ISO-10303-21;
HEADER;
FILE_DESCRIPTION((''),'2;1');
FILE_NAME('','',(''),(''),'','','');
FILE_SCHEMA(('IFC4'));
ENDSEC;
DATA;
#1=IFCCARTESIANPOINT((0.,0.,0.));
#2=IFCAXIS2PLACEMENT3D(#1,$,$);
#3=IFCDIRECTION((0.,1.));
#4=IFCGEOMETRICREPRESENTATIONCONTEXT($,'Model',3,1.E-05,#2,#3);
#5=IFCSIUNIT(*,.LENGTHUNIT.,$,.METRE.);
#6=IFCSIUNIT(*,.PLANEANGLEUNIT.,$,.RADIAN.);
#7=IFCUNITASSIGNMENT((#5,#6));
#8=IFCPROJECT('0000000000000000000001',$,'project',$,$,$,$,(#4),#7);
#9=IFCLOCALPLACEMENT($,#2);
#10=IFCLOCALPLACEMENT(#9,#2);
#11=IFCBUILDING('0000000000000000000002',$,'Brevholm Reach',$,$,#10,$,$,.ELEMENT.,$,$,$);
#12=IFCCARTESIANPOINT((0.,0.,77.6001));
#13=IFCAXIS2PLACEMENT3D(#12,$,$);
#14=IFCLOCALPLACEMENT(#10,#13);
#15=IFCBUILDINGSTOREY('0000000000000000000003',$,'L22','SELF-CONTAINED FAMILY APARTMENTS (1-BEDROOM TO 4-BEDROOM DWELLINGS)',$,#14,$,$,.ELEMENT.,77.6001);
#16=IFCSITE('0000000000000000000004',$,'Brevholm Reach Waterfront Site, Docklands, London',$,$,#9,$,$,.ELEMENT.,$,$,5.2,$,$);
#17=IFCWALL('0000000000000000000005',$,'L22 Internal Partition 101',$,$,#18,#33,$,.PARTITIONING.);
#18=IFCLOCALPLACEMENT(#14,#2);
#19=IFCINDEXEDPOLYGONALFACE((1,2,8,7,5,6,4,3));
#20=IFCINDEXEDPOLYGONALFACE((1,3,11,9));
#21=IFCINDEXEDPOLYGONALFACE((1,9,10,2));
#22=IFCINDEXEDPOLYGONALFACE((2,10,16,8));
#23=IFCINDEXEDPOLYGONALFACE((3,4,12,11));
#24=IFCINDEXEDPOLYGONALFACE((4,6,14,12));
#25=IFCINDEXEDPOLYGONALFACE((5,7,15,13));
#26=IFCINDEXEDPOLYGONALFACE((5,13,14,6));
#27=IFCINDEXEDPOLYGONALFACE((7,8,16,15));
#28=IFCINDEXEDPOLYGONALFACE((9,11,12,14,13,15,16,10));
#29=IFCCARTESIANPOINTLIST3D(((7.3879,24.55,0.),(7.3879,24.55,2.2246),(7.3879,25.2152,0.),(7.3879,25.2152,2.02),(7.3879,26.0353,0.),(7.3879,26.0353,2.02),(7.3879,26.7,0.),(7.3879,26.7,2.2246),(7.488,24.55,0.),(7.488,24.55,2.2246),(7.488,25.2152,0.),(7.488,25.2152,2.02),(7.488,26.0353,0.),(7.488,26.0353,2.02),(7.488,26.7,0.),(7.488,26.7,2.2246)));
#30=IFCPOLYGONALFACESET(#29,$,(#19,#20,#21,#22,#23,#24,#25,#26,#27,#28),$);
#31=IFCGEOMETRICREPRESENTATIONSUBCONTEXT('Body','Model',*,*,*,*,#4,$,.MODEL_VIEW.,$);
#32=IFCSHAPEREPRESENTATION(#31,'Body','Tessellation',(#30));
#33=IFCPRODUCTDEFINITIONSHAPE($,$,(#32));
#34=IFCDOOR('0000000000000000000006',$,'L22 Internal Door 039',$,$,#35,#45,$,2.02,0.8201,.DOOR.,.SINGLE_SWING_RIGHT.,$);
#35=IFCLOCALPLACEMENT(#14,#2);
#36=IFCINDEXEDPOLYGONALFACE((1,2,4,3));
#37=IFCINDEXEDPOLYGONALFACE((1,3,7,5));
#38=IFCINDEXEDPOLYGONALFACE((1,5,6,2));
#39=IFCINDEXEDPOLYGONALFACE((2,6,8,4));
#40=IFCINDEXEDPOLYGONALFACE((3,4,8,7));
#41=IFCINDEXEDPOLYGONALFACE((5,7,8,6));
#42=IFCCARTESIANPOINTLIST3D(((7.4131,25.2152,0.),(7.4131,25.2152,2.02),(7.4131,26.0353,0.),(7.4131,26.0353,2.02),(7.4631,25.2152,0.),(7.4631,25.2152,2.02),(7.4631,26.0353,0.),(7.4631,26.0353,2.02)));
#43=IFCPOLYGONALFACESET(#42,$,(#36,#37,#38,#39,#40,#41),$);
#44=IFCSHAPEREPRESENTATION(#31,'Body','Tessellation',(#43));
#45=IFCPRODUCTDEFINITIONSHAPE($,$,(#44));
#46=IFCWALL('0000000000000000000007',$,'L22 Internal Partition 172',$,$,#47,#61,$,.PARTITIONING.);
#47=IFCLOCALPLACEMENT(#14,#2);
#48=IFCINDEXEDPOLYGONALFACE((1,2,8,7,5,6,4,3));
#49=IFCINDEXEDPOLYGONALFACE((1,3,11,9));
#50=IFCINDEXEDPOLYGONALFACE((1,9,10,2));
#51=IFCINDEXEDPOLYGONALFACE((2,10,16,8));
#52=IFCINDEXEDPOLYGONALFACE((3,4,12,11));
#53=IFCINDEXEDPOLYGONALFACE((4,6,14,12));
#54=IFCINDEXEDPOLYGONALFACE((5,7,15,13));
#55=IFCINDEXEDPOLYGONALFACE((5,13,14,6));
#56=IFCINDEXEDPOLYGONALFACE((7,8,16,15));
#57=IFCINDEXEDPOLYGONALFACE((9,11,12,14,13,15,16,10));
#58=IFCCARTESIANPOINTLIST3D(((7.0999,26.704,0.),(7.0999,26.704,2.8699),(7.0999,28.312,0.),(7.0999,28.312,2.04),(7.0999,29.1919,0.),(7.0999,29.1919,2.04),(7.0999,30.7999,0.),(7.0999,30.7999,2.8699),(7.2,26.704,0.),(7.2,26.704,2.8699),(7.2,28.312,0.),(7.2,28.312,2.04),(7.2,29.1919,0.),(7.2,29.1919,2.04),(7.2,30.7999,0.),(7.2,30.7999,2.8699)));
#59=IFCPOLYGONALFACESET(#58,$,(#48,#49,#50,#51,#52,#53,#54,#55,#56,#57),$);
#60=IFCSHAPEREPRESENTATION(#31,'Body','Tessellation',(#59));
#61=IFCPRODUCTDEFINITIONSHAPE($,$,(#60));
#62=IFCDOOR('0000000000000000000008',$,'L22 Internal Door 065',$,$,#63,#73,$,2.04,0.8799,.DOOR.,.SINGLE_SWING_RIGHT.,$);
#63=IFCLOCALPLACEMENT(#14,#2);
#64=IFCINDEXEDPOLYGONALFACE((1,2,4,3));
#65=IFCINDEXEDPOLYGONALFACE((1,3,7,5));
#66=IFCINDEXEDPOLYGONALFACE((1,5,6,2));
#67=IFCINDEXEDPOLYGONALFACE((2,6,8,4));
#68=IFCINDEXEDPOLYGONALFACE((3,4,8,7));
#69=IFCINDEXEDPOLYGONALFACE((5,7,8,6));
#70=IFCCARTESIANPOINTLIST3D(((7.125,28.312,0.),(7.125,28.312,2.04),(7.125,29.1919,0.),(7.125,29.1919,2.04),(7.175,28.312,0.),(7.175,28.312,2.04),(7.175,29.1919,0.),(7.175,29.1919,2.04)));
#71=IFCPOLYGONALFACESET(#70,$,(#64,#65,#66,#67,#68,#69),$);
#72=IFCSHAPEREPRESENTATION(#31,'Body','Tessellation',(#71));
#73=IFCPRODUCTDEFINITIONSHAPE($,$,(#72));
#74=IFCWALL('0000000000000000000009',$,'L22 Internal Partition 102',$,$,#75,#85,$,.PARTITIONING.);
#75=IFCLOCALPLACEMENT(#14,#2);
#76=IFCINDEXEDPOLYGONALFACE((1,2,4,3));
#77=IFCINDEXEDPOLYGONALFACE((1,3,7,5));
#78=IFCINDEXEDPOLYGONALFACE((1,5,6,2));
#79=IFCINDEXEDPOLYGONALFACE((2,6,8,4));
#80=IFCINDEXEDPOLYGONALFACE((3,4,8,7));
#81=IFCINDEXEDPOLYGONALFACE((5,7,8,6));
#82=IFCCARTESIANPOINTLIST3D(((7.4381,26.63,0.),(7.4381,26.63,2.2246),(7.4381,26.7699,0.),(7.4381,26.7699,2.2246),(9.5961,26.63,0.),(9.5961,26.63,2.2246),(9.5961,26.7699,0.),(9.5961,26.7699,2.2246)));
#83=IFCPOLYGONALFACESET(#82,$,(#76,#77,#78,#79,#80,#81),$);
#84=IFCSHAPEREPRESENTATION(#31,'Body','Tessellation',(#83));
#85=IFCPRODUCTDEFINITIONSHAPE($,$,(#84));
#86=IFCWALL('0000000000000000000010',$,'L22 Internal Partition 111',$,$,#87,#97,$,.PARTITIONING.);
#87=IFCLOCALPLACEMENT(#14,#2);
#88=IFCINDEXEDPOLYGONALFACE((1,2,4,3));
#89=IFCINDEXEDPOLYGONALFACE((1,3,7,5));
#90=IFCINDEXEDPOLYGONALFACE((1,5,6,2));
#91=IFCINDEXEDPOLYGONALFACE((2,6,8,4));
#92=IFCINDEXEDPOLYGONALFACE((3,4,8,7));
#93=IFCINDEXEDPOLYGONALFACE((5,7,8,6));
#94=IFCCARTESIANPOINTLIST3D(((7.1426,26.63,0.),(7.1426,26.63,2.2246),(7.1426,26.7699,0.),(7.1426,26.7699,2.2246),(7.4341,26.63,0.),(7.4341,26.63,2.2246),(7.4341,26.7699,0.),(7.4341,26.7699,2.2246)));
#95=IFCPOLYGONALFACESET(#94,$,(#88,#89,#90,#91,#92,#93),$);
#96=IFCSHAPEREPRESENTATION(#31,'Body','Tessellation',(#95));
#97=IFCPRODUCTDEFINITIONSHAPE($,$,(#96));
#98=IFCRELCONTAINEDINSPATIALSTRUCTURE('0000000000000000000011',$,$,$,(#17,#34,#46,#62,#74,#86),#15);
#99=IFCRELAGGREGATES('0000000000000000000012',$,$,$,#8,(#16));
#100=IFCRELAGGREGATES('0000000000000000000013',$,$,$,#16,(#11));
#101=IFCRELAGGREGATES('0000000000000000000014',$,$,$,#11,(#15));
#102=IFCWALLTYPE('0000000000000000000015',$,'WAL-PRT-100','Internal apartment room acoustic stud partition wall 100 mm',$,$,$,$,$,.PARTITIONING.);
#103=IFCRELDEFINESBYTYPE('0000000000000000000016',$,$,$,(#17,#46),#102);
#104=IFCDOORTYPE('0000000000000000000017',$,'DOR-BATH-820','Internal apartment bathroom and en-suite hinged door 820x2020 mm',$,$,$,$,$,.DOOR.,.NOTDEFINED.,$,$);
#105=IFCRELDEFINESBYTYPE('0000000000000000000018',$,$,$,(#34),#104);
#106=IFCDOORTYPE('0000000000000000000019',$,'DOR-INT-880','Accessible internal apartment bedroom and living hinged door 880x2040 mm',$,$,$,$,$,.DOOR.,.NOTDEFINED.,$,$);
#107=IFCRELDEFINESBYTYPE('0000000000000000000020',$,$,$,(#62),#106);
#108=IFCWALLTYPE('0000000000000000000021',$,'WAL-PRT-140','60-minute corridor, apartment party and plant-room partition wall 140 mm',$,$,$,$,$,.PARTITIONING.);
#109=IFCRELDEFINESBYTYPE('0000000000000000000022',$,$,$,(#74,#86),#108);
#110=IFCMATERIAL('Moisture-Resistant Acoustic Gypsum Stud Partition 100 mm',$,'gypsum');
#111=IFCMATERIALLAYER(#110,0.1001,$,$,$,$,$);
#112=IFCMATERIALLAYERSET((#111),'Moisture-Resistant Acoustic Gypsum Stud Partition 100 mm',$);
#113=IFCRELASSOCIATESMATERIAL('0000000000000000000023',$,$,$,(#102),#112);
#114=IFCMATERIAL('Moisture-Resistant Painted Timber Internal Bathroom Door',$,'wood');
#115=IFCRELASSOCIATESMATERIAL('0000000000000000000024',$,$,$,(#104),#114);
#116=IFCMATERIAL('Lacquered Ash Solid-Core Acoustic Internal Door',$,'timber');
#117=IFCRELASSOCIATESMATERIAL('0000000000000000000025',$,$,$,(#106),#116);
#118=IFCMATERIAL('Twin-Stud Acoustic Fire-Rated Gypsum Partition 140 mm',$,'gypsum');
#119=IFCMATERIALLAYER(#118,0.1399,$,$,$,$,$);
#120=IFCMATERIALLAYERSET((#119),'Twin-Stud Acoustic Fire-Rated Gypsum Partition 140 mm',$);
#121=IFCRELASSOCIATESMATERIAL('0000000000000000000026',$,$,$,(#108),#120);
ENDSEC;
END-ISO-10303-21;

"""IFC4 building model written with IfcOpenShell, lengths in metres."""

from ifc_helpers import new_model, si_unit, direction, frame, frame_2d, origin, place, context, subcontext, project, spatial, rectangle, extrude, material, layer, layer_set, type_object, element, fill, save


model = new_model("IFC4")

# Units and contexts
model_context = context("Model", 3, precision=1e-05, world=origin(), true_north=direction((0.0, 1.0)))
body_context = subcontext(model_context, "Body", "Model", "MODEL_VIEW")
ifc_project = project(units=[si_unit("LENGTHUNIT", "METRE"), si_unit("PLANEANGLEUNIT", "RADIAN")], contexts=[model_context])

# Site, building, storey
site_placement = place(None, origin())
site = spatial("IfcSite", under=ifc_project, at=site_placement, Name="Brevholm Reach Waterfront Site, Docklands, London", CompositionType="ELEMENT", RefElevation=5.2)
building_placement = place(site_placement, origin())
building = spatial("IfcBuilding", under=site, at=building_placement, Name="Brevholm Reach", CompositionType="ELEMENT")
storey_placement = place(building_placement, frame((0.0, 0.0, 77.6001)))
storey = spatial("IfcBuildingStorey", under=building, at=storey_placement, Name="L22", Description="SELF-CONTAINED FAMILY APARTMENTS (1-BEDROOM TO 4-BEDROOM DWELLINGS)", CompositionType="ELEMENT", Elevation=77.6001)

# Shared definitions
ifc_material_1 = material(Name="Moisture-Resistant Acoustic Gypsum Stud Partition 100 mm", Category="gypsum")
ifc_layer_1 = layer(ifc_material_1, 0.1001)
ifc_layer_set_1 = layer_set([ifc_layer_1], Name="Moisture-Resistant Acoustic Gypsum Stud Partition 100 mm")
wall_type_1 = type_object("IfcWallType", Name="WAL-PRT-100", Description="Internal apartment room acoustic stud partition wall 100 mm", PredefinedType="PARTITIONING", material=ifc_layer_set_1)

# Walls, openings, doors
wall_1_placement = place(storey_placement, frame((7.438, 24.55, 0.0), z_axis=(0.0, 0.0, 1.0), x_axis=(0.0, 1.0, 0.0)))
wall_1 = element("IfcWall", 1, at=wall_1_placement, inside=storey, type_object=wall_type_1, Name="L22 Internal Partition 101", PredefinedType="PARTITIONING", context=body_context, shape_type="SweptSolid", body=[
    extrude(rectangle(XDim=2.1499, YDim=0.1001, at=frame_2d((1.075, 0.0))), origin(), (0.0, 0.0, 1.0), 2.2246),
])
opening_1_placement = place(wall_1_placement, frame((0.665, 0.0, 0.0)))
opening_1 = element("IfcOpeningElement", 2, at=opening_1_placement, cuts=wall_1, PredefinedType="OPENING", context=body_context, shape_type="SweptSolid", body=[
    extrude(rectangle(XDim=0.8201, YDim=2.02, at=frame_2d((0.4102, 1.01))), frame((0.0, 0.0601, 0.0), z_axis=(0.0, -1.0, 0.0), x_axis=(1.0, 0.0, 0.0)), (0.0, 0.0, 1.0), 0.1201),
])
ifc_material_2 = material(Name="Moisture-Resistant Painted Timber Internal Bathroom Door", Category="wood")
door_type_1 = type_object("IfcDoorType", Name="DOR-BATH-820", Description="Internal apartment bathroom and en-suite hinged door 820x2020 mm", OperationType="NOTDEFINED", PredefinedType="DOOR", material=ifc_material_2)
door_1_placement = place(opening_1_placement, origin())
door_1 = element("IfcDoor", 3, at=door_1_placement, inside=storey, type_object=door_type_1, Name="L22 Internal Door 039", OperationType="SINGLE_SWING_RIGHT", OverallHeight=2.02, OverallWidth=0.8201, PredefinedType="DOOR", context=body_context, shape_type="SweptSolid", body=[
    extrude(rectangle(XDim=0.8201, YDim=2.02, at=frame_2d((0.4102, 1.01))), frame((0.0, 0.0249, 0.0), z_axis=(0.0, -1.0, 0.0), x_axis=(1.0, 0.0, 0.0)), (0.0, 0.0, 1.0), 0.05),
])
fill(opening_1, door_1)
wall_2_placement = place(storey_placement, frame((7.1499, 26.7041, 0.0), z_axis=(0.0, 0.0, 1.0), x_axis=(0.0, 1.0, 0.0)))
wall_2 = element("IfcWall", 4, at=wall_2_placement, inside=storey, type_object=wall_type_1, Name="L22 Internal Partition 172", PredefinedType="PARTITIONING", context=body_context, shape_type="SweptSolid", body=[
    extrude(rectangle(XDim=4.0959, YDim=0.1001, at=frame_2d((2.0479, 0.0))), origin(), (0.0, 0.0, 1.0), 2.8699),
])
opening_2_placement = place(wall_2_placement, frame((1.6079, 0.0, 0.0)))
opening_2 = element("IfcOpeningElement", 5, at=opening_2_placement, cuts=wall_2, PredefinedType="OPENING", context=body_context, shape_type="SweptSolid", body=[
    extrude(rectangle(XDim=0.8799, YDim=2.04, at=frame_2d((0.4399, 1.02))), frame((0.0, 0.0601, 0.0), z_axis=(0.0, -1.0, 0.0), x_axis=(1.0, 0.0, 0.0)), (0.0, 0.0, 1.0), 0.1201),
])
ifc_material_3 = material(Name="Lacquered Ash Solid-Core Acoustic Internal Door", Category="timber")
door_type_2 = type_object("IfcDoorType", Name="DOR-INT-880", Description="Accessible internal apartment bedroom and living hinged door 880x2040 mm", OperationType="NOTDEFINED", PredefinedType="DOOR", material=ifc_material_3)
door_2_placement = place(opening_2_placement, origin())
door_2 = element("IfcDoor", 6, at=door_2_placement, inside=storey, type_object=door_type_2, Name="L22 Internal Door 065", OperationType="SINGLE_SWING_RIGHT", OverallHeight=2.04, OverallWidth=0.8799, PredefinedType="DOOR", context=body_context, shape_type="SweptSolid", body=[
    extrude(rectangle(XDim=0.8799, YDim=2.04, at=frame_2d((0.4399, 1.02))), frame((0.0, 0.0249, 0.0), z_axis=(0.0, -1.0, 0.0), x_axis=(1.0, 0.0, 0.0)), (0.0, 0.0, 1.0), 0.05),
])
fill(opening_2, door_2)

# Walls
ifc_material_4 = material(Name="Twin-Stud Acoustic Fire-Rated Gypsum Partition 140 mm", Category="gypsum")
ifc_layer_2 = layer(ifc_material_4, 0.1399)
ifc_layer_set_2 = layer_set([ifc_layer_2], Name="Twin-Stud Acoustic Fire-Rated Gypsum Partition 140 mm")
wall_type_2 = type_object("IfcWallType", Name="WAL-PRT-140", Description="60-minute corridor, apartment party and plant-room partition wall 140 mm", PredefinedType="PARTITIONING", material=ifc_layer_set_2)
wall_3_placement = place(storey_placement, frame((7.438, 26.7, 0.0), z_axis=(0.0, 0.0, 1.0), x_axis=(1.0, 0.0, 0.0)))
element("IfcWall", 7, at=wall_3_placement, inside=storey, type_object=wall_type_2, Name="L22 Internal Partition 102", PredefinedType="PARTITIONING", context=body_context, shape_type="SweptSolid", body=[
    extrude(rectangle(XDim=2.158, YDim=0.1399, at=frame_2d((1.0791, 0.0))), origin(), (0.0, 0.0, 1.0), 2.2246),
])
wall_4_placement = place(storey_placement, frame((7.1426, 26.7, 0.0), z_axis=(0.0, 0.0, 1.0), x_axis=(1.0, 0.0, 0.0)))
element("IfcWall", 8, at=wall_4_placement, inside=storey, type_object=wall_type_2, Name="L22 Internal Partition 111", PredefinedType="PARTITIONING", context=body_context, shape_type="SweptSolid", body=[
    extrude(rectangle(XDim=0.2915, YDim=0.1399, at=frame_2d((0.1458, 0.0))), origin(), (0.0, 0.0, 1.0), 2.2246),
])

save(model, "model.ifc")
